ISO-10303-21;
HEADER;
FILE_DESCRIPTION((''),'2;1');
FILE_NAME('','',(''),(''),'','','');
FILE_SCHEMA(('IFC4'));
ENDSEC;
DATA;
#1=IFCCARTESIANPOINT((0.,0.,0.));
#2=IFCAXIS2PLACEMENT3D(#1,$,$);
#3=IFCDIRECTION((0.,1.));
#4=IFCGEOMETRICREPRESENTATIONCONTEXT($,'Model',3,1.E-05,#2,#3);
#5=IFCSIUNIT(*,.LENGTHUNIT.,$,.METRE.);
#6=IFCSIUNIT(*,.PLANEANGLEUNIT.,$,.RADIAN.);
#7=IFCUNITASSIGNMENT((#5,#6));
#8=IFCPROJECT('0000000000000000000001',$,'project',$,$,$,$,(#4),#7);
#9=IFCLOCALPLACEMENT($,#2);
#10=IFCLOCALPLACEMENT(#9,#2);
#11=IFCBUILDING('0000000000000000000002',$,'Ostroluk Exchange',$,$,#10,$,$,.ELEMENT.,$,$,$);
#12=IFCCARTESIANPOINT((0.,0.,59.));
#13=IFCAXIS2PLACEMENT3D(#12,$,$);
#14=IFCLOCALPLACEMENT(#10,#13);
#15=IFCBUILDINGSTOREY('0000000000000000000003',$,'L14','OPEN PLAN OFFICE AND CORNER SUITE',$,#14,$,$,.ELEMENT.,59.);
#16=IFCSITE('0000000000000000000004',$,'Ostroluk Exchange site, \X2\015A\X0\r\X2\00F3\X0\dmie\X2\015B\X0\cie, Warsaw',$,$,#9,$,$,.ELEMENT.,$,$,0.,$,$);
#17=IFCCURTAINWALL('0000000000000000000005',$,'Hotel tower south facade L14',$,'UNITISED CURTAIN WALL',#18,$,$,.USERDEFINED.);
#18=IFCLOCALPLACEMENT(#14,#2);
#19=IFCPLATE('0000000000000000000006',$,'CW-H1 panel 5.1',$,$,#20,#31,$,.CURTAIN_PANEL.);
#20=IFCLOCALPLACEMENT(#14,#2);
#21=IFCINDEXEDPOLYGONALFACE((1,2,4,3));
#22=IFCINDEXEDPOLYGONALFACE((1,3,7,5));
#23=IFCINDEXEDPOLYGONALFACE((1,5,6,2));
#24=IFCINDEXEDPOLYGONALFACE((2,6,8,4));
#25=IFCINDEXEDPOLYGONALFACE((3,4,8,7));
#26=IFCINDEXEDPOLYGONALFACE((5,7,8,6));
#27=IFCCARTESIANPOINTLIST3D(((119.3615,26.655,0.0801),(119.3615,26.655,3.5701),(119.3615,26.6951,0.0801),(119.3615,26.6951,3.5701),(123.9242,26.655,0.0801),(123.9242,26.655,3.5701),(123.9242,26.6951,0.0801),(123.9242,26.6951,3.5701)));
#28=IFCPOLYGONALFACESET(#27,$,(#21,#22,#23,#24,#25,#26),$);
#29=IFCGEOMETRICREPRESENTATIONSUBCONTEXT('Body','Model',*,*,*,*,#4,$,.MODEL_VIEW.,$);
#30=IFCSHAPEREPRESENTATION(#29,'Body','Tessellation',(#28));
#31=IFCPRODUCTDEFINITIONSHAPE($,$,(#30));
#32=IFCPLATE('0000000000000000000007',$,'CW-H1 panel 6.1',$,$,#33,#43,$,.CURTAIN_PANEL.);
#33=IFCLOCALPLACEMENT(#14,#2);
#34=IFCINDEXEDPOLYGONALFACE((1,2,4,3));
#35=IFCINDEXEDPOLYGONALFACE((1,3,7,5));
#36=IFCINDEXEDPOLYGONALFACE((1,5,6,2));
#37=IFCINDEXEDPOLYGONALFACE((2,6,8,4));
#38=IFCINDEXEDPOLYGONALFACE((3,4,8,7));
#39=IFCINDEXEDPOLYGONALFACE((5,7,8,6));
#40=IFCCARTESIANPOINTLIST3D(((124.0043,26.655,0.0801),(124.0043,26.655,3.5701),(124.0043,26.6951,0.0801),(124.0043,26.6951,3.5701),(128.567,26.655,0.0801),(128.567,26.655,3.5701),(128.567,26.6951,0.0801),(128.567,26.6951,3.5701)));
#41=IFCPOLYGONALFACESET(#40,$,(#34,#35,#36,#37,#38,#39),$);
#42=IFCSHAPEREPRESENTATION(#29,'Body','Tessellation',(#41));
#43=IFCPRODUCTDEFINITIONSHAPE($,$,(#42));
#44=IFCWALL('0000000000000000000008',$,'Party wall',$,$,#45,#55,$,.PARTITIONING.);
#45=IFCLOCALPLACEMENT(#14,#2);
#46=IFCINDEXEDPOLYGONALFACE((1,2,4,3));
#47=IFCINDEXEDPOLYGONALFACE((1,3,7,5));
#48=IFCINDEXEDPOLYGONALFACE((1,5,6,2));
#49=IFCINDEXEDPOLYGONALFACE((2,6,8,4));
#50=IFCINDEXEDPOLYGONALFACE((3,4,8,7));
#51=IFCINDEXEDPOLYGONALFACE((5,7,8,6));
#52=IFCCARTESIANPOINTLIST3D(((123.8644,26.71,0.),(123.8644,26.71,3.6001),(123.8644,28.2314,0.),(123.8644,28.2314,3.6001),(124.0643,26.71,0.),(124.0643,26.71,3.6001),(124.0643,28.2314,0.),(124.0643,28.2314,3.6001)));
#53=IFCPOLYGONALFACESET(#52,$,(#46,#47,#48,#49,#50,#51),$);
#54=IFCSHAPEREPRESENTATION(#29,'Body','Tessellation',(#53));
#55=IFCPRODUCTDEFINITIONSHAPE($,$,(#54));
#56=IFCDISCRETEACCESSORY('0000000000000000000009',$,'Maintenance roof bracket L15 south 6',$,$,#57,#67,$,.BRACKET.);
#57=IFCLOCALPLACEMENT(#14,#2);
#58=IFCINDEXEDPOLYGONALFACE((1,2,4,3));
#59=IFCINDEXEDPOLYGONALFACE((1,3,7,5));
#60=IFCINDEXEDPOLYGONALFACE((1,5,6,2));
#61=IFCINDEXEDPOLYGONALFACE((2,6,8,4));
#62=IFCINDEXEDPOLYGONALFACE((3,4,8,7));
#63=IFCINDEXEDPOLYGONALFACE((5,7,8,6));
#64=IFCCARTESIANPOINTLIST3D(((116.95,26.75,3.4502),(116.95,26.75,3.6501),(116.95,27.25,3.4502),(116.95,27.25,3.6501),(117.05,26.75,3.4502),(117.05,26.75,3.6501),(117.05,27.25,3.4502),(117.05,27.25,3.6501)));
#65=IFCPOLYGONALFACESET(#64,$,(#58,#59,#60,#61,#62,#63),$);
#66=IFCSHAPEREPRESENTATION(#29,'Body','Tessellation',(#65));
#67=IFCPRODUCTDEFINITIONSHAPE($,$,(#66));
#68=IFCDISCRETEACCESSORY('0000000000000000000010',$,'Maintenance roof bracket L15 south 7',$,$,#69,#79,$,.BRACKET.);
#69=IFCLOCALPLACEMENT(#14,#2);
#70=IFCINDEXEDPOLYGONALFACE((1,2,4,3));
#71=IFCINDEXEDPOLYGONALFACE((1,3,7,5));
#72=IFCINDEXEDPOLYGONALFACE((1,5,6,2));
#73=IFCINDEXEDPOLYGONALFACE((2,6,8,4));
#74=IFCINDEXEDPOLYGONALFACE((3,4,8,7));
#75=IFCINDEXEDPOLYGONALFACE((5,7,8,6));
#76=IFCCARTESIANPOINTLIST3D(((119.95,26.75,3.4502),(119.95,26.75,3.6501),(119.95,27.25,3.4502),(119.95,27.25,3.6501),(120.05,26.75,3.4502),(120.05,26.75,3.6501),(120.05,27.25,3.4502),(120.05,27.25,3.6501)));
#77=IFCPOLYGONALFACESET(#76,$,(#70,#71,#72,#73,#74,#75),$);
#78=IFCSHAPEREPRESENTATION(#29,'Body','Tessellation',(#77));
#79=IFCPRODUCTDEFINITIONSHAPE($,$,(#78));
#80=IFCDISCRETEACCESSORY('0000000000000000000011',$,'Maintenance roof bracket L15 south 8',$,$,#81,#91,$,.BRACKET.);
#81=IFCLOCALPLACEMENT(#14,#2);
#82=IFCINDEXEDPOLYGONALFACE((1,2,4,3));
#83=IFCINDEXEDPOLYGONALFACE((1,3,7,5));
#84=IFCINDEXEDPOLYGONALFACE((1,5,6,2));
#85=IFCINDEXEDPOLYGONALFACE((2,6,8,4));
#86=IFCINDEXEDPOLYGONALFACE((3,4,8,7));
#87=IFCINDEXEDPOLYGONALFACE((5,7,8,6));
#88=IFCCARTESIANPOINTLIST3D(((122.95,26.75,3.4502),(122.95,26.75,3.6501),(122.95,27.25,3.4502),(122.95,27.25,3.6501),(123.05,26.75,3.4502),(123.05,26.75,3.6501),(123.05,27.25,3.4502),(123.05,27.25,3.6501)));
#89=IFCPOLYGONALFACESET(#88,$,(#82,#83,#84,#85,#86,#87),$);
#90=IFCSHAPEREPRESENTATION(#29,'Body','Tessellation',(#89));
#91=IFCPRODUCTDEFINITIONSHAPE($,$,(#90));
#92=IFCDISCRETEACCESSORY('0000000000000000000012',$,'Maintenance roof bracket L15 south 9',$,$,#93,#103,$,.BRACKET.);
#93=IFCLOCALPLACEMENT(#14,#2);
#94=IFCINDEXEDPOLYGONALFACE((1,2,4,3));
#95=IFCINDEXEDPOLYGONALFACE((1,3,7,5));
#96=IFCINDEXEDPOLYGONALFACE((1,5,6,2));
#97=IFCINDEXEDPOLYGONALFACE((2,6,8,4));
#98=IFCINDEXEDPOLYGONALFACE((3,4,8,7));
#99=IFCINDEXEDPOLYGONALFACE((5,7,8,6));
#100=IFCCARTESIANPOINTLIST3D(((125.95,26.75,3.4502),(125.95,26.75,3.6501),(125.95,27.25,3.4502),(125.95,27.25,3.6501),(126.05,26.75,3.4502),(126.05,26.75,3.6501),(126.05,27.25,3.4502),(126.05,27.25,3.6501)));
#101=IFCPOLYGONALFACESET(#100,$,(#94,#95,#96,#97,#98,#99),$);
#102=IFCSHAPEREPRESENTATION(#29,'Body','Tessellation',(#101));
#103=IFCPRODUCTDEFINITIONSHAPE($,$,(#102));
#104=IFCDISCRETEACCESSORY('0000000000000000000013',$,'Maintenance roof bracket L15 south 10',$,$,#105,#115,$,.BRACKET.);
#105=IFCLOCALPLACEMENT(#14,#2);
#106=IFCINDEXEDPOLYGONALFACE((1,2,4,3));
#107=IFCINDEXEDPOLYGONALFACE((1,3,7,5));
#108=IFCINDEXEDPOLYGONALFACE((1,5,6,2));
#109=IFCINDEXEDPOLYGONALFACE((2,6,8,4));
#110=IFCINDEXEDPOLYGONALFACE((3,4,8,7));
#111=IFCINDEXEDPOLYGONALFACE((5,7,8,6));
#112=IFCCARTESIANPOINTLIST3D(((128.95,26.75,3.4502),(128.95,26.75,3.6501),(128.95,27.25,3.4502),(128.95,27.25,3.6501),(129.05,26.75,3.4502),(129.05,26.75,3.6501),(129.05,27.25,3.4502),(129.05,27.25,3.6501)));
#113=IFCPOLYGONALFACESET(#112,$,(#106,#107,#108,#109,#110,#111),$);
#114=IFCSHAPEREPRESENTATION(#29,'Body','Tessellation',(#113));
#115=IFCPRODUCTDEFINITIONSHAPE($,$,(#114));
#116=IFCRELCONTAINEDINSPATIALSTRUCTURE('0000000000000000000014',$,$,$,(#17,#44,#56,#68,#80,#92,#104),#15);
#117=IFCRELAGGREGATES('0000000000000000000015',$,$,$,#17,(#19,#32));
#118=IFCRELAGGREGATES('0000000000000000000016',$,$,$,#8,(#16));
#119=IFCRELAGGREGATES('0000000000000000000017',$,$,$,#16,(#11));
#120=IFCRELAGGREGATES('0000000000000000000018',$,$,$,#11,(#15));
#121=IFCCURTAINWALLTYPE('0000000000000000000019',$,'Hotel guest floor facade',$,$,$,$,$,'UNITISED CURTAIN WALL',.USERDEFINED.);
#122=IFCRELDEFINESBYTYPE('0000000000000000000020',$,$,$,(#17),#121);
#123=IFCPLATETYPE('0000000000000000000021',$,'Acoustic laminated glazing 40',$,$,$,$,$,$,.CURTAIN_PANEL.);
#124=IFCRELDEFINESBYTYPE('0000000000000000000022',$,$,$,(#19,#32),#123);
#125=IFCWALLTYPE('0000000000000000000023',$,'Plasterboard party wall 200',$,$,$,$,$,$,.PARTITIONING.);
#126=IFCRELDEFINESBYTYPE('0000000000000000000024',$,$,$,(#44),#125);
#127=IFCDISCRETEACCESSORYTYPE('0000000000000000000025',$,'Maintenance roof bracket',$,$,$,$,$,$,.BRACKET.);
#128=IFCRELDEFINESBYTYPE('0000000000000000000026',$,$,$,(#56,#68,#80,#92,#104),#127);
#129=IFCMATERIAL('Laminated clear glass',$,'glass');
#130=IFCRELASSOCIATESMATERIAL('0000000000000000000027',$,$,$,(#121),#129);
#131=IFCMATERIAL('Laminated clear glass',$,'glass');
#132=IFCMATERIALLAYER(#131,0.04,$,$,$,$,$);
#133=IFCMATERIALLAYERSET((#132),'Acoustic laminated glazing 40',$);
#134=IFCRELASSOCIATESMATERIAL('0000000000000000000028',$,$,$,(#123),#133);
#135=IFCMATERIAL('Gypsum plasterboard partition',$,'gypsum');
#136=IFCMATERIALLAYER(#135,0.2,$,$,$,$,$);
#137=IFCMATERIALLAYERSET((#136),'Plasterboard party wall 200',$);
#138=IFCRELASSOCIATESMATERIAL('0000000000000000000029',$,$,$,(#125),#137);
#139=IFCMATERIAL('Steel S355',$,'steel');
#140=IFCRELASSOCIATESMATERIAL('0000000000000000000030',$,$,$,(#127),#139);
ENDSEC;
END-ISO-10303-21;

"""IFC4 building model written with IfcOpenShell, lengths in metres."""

from ifc_helpers import new_model, si_unit, direction, frame, frame_2d, origin, origin_2d, place, context, subcontext, project, spatial, rectangle, extrude, material, layer, layer_set, type_object, element, aggregate, save


model = new_model("IFC4")

# Units and contexts
model_context = context("Model", 3, precision=1e-05, world=origin(), true_north=direction((0.0, 1.0)))
body_context = subcontext(model_context, "Body", "Model", "MODEL_VIEW")
ifc_project = project(units=[si_unit("LENGTHUNIT", "METRE"), si_unit("PLANEANGLEUNIT", "RADIAN")], contexts=[model_context])

# Site, building, storey
site_placement = place(None, origin())
site = spatial("IfcSite", under=ifc_project, at=site_placement, Name="Ostroluk Exchange site, Śródmieście, Warsaw", CompositionType="ELEMENT", RefElevation=0.0)
building_placement = place(site_placement, origin())
building = spatial("IfcBuilding", under=site, at=building_placement, Name="Ostroluk Exchange", CompositionType="ELEMENT")
storey_placement = place(building_placement, frame((0.0, 0.0, 59.0)))
storey = spatial("IfcBuildingStorey", under=building, at=storey_placement, Name="L14", Description="OPEN PLAN OFFICE AND CORNER SUITE", CompositionType="ELEMENT", Elevation=59.0)

# Curtain wall, plates
ifc_material_1 = material(Name="Laminated clear glass", Category="glass")
curtain_wall_type = type_object("IfcCurtainWallType", Name="Hotel guest floor facade", ElementType="UNITISED CURTAIN WALL", PredefinedType="USERDEFINED", material=ifc_material_1)
curtain_wall_placement = place(storey_placement, origin())
curtain_wall = element("IfcCurtainWall", 1, at=curtain_wall_placement, inside=storey, type_object=curtain_wall_type, Name="Hotel tower south facade L14", ObjectType="UNITISED CURTAIN WALL", PredefinedType="USERDEFINED")
ifc_material_2 = material(Name="Laminated clear glass", Category="glass")
ifc_layer_1 = layer(ifc_material_2, 0.04)
ifc_layer_set_1 = layer_set([ifc_layer_1], Name="Acoustic laminated glazing 40")
plate_type = type_object("IfcPlateType", Name="Acoustic laminated glazing 40", PredefinedType="CURTAIN_PANEL", material=ifc_layer_set_1)
plate_1_placement = place(storey_placement, frame((121.6428, 26.675, 0.0801), z_axis=(0.0, 0.0, 1.0), x_axis=(1.0, 0.0, 0.0)))
plate_1 = element("IfcPlate", 2, at=plate_1_placement, type_object=plate_type, Name="CW-H1 panel 5.1", PredefinedType="CURTAIN_PANEL", context=body_context, shape_type="SweptSolid", body=[
    extrude(rectangle(XDim=4.5627, YDim=0.04, at=origin_2d()), origin(), (0.0, 0.0, 1.0), 3.49),
])
plate_2_placement = place(storey_placement, frame((126.2856, 26.675, 0.0801), z_axis=(0.0, 0.0, 1.0), x_axis=(1.0, 0.0, 0.0)))
plate_2 = element("IfcPlate", 3, at=plate_2_placement, type_object=plate_type, Name="CW-H1 panel 6.1", PredefinedType="CURTAIN_PANEL", context=body_context, shape_type="SweptSolid", body=[
    extrude(rectangle(XDim=4.5627, YDim=0.04, at=origin_2d()), origin(), (0.0, 0.0, 1.0), 3.49),
])
aggregate(curtain_wall, [plate_1, plate_2])

# Wall
ifc_material_3 = material(Name="Gypsum plasterboard partition", Category="gypsum")
ifc_layer_2 = layer(ifc_material_3, 0.2)
ifc_layer_set_2 = layer_set([ifc_layer_2], Name="Plasterboard party wall 200")
wall_type = type_object("IfcWallType", Name="Plasterboard party wall 200", PredefinedType="PARTITIONING", material=ifc_layer_set_2)
wall_placement = place(storey_placement, frame((123.9644, 28.2314, 0.0), z_axis=(0.0, 0.0, 1.0), x_axis=(0.0, -1.0, 0.0)))
element("IfcWall", 4, at=wall_placement, inside=storey, type_object=wall_type, Name="Party wall", PredefinedType="PARTITIONING", context=body_context, shape_type="SweptSolid", body=[
    extrude(rectangle(XDim=1.5215, YDim=0.2, at=frame_2d((0.7607, 0.0))), origin(), (0.0, 0.0, 1.0), 3.6001),
])

# Discrete accessories
ifc_material_4 = material(Name="Steel S355", Category="steel")
discrete_accessory_type = type_object("IfcDiscreteAccessoryType", Name="Maintenance roof bracket", PredefinedType="BRACKET", material=ifc_material_4)
for number, where, z_axis, x_axis, name in (
    (5, (117.0, 27.0, 3.4502), (0.0, 0.0, 1.0), (1.0, 0.0, 0.0), "Maintenance roof bracket L15 south 6"),
    (6, (120.0, 27.0, 3.4502), (0.0, 0.0, 1.0), (1.0, 0.0, 0.0), "Maintenance roof bracket L15 south 7"),
    (7, (123.0, 27.0, 3.4502), (0.0, 0.0, 1.0), (1.0, 0.0, 0.0), "Maintenance roof bracket L15 south 8"),
    (8, (126.0, 27.0, 3.4502), (0.0, 0.0, 1.0), (1.0, 0.0, 0.0), "Maintenance roof bracket L15 south 9"),
    (9, (129.0, 27.0, 3.4502), (0.0, 0.0, 1.0), (1.0, 0.0, 0.0), "Maintenance roof bracket L15 south 10"),
):
    element("IfcDiscreteAccessory", number, at=place(storey_placement, frame(where, z_axis=z_axis, x_axis=x_axis)), inside=storey, type_object=discrete_accessory_type, Name=name, PredefinedType="BRACKET", context=body_context, shape_type="SweptSolid", body=[
        extrude(rectangle(XDim=0.1001, YDim=0.5, at=origin_2d()), origin(), (0.0, 0.0, 1.0), 0.2),
    ])

save(model, "model.ifc")
